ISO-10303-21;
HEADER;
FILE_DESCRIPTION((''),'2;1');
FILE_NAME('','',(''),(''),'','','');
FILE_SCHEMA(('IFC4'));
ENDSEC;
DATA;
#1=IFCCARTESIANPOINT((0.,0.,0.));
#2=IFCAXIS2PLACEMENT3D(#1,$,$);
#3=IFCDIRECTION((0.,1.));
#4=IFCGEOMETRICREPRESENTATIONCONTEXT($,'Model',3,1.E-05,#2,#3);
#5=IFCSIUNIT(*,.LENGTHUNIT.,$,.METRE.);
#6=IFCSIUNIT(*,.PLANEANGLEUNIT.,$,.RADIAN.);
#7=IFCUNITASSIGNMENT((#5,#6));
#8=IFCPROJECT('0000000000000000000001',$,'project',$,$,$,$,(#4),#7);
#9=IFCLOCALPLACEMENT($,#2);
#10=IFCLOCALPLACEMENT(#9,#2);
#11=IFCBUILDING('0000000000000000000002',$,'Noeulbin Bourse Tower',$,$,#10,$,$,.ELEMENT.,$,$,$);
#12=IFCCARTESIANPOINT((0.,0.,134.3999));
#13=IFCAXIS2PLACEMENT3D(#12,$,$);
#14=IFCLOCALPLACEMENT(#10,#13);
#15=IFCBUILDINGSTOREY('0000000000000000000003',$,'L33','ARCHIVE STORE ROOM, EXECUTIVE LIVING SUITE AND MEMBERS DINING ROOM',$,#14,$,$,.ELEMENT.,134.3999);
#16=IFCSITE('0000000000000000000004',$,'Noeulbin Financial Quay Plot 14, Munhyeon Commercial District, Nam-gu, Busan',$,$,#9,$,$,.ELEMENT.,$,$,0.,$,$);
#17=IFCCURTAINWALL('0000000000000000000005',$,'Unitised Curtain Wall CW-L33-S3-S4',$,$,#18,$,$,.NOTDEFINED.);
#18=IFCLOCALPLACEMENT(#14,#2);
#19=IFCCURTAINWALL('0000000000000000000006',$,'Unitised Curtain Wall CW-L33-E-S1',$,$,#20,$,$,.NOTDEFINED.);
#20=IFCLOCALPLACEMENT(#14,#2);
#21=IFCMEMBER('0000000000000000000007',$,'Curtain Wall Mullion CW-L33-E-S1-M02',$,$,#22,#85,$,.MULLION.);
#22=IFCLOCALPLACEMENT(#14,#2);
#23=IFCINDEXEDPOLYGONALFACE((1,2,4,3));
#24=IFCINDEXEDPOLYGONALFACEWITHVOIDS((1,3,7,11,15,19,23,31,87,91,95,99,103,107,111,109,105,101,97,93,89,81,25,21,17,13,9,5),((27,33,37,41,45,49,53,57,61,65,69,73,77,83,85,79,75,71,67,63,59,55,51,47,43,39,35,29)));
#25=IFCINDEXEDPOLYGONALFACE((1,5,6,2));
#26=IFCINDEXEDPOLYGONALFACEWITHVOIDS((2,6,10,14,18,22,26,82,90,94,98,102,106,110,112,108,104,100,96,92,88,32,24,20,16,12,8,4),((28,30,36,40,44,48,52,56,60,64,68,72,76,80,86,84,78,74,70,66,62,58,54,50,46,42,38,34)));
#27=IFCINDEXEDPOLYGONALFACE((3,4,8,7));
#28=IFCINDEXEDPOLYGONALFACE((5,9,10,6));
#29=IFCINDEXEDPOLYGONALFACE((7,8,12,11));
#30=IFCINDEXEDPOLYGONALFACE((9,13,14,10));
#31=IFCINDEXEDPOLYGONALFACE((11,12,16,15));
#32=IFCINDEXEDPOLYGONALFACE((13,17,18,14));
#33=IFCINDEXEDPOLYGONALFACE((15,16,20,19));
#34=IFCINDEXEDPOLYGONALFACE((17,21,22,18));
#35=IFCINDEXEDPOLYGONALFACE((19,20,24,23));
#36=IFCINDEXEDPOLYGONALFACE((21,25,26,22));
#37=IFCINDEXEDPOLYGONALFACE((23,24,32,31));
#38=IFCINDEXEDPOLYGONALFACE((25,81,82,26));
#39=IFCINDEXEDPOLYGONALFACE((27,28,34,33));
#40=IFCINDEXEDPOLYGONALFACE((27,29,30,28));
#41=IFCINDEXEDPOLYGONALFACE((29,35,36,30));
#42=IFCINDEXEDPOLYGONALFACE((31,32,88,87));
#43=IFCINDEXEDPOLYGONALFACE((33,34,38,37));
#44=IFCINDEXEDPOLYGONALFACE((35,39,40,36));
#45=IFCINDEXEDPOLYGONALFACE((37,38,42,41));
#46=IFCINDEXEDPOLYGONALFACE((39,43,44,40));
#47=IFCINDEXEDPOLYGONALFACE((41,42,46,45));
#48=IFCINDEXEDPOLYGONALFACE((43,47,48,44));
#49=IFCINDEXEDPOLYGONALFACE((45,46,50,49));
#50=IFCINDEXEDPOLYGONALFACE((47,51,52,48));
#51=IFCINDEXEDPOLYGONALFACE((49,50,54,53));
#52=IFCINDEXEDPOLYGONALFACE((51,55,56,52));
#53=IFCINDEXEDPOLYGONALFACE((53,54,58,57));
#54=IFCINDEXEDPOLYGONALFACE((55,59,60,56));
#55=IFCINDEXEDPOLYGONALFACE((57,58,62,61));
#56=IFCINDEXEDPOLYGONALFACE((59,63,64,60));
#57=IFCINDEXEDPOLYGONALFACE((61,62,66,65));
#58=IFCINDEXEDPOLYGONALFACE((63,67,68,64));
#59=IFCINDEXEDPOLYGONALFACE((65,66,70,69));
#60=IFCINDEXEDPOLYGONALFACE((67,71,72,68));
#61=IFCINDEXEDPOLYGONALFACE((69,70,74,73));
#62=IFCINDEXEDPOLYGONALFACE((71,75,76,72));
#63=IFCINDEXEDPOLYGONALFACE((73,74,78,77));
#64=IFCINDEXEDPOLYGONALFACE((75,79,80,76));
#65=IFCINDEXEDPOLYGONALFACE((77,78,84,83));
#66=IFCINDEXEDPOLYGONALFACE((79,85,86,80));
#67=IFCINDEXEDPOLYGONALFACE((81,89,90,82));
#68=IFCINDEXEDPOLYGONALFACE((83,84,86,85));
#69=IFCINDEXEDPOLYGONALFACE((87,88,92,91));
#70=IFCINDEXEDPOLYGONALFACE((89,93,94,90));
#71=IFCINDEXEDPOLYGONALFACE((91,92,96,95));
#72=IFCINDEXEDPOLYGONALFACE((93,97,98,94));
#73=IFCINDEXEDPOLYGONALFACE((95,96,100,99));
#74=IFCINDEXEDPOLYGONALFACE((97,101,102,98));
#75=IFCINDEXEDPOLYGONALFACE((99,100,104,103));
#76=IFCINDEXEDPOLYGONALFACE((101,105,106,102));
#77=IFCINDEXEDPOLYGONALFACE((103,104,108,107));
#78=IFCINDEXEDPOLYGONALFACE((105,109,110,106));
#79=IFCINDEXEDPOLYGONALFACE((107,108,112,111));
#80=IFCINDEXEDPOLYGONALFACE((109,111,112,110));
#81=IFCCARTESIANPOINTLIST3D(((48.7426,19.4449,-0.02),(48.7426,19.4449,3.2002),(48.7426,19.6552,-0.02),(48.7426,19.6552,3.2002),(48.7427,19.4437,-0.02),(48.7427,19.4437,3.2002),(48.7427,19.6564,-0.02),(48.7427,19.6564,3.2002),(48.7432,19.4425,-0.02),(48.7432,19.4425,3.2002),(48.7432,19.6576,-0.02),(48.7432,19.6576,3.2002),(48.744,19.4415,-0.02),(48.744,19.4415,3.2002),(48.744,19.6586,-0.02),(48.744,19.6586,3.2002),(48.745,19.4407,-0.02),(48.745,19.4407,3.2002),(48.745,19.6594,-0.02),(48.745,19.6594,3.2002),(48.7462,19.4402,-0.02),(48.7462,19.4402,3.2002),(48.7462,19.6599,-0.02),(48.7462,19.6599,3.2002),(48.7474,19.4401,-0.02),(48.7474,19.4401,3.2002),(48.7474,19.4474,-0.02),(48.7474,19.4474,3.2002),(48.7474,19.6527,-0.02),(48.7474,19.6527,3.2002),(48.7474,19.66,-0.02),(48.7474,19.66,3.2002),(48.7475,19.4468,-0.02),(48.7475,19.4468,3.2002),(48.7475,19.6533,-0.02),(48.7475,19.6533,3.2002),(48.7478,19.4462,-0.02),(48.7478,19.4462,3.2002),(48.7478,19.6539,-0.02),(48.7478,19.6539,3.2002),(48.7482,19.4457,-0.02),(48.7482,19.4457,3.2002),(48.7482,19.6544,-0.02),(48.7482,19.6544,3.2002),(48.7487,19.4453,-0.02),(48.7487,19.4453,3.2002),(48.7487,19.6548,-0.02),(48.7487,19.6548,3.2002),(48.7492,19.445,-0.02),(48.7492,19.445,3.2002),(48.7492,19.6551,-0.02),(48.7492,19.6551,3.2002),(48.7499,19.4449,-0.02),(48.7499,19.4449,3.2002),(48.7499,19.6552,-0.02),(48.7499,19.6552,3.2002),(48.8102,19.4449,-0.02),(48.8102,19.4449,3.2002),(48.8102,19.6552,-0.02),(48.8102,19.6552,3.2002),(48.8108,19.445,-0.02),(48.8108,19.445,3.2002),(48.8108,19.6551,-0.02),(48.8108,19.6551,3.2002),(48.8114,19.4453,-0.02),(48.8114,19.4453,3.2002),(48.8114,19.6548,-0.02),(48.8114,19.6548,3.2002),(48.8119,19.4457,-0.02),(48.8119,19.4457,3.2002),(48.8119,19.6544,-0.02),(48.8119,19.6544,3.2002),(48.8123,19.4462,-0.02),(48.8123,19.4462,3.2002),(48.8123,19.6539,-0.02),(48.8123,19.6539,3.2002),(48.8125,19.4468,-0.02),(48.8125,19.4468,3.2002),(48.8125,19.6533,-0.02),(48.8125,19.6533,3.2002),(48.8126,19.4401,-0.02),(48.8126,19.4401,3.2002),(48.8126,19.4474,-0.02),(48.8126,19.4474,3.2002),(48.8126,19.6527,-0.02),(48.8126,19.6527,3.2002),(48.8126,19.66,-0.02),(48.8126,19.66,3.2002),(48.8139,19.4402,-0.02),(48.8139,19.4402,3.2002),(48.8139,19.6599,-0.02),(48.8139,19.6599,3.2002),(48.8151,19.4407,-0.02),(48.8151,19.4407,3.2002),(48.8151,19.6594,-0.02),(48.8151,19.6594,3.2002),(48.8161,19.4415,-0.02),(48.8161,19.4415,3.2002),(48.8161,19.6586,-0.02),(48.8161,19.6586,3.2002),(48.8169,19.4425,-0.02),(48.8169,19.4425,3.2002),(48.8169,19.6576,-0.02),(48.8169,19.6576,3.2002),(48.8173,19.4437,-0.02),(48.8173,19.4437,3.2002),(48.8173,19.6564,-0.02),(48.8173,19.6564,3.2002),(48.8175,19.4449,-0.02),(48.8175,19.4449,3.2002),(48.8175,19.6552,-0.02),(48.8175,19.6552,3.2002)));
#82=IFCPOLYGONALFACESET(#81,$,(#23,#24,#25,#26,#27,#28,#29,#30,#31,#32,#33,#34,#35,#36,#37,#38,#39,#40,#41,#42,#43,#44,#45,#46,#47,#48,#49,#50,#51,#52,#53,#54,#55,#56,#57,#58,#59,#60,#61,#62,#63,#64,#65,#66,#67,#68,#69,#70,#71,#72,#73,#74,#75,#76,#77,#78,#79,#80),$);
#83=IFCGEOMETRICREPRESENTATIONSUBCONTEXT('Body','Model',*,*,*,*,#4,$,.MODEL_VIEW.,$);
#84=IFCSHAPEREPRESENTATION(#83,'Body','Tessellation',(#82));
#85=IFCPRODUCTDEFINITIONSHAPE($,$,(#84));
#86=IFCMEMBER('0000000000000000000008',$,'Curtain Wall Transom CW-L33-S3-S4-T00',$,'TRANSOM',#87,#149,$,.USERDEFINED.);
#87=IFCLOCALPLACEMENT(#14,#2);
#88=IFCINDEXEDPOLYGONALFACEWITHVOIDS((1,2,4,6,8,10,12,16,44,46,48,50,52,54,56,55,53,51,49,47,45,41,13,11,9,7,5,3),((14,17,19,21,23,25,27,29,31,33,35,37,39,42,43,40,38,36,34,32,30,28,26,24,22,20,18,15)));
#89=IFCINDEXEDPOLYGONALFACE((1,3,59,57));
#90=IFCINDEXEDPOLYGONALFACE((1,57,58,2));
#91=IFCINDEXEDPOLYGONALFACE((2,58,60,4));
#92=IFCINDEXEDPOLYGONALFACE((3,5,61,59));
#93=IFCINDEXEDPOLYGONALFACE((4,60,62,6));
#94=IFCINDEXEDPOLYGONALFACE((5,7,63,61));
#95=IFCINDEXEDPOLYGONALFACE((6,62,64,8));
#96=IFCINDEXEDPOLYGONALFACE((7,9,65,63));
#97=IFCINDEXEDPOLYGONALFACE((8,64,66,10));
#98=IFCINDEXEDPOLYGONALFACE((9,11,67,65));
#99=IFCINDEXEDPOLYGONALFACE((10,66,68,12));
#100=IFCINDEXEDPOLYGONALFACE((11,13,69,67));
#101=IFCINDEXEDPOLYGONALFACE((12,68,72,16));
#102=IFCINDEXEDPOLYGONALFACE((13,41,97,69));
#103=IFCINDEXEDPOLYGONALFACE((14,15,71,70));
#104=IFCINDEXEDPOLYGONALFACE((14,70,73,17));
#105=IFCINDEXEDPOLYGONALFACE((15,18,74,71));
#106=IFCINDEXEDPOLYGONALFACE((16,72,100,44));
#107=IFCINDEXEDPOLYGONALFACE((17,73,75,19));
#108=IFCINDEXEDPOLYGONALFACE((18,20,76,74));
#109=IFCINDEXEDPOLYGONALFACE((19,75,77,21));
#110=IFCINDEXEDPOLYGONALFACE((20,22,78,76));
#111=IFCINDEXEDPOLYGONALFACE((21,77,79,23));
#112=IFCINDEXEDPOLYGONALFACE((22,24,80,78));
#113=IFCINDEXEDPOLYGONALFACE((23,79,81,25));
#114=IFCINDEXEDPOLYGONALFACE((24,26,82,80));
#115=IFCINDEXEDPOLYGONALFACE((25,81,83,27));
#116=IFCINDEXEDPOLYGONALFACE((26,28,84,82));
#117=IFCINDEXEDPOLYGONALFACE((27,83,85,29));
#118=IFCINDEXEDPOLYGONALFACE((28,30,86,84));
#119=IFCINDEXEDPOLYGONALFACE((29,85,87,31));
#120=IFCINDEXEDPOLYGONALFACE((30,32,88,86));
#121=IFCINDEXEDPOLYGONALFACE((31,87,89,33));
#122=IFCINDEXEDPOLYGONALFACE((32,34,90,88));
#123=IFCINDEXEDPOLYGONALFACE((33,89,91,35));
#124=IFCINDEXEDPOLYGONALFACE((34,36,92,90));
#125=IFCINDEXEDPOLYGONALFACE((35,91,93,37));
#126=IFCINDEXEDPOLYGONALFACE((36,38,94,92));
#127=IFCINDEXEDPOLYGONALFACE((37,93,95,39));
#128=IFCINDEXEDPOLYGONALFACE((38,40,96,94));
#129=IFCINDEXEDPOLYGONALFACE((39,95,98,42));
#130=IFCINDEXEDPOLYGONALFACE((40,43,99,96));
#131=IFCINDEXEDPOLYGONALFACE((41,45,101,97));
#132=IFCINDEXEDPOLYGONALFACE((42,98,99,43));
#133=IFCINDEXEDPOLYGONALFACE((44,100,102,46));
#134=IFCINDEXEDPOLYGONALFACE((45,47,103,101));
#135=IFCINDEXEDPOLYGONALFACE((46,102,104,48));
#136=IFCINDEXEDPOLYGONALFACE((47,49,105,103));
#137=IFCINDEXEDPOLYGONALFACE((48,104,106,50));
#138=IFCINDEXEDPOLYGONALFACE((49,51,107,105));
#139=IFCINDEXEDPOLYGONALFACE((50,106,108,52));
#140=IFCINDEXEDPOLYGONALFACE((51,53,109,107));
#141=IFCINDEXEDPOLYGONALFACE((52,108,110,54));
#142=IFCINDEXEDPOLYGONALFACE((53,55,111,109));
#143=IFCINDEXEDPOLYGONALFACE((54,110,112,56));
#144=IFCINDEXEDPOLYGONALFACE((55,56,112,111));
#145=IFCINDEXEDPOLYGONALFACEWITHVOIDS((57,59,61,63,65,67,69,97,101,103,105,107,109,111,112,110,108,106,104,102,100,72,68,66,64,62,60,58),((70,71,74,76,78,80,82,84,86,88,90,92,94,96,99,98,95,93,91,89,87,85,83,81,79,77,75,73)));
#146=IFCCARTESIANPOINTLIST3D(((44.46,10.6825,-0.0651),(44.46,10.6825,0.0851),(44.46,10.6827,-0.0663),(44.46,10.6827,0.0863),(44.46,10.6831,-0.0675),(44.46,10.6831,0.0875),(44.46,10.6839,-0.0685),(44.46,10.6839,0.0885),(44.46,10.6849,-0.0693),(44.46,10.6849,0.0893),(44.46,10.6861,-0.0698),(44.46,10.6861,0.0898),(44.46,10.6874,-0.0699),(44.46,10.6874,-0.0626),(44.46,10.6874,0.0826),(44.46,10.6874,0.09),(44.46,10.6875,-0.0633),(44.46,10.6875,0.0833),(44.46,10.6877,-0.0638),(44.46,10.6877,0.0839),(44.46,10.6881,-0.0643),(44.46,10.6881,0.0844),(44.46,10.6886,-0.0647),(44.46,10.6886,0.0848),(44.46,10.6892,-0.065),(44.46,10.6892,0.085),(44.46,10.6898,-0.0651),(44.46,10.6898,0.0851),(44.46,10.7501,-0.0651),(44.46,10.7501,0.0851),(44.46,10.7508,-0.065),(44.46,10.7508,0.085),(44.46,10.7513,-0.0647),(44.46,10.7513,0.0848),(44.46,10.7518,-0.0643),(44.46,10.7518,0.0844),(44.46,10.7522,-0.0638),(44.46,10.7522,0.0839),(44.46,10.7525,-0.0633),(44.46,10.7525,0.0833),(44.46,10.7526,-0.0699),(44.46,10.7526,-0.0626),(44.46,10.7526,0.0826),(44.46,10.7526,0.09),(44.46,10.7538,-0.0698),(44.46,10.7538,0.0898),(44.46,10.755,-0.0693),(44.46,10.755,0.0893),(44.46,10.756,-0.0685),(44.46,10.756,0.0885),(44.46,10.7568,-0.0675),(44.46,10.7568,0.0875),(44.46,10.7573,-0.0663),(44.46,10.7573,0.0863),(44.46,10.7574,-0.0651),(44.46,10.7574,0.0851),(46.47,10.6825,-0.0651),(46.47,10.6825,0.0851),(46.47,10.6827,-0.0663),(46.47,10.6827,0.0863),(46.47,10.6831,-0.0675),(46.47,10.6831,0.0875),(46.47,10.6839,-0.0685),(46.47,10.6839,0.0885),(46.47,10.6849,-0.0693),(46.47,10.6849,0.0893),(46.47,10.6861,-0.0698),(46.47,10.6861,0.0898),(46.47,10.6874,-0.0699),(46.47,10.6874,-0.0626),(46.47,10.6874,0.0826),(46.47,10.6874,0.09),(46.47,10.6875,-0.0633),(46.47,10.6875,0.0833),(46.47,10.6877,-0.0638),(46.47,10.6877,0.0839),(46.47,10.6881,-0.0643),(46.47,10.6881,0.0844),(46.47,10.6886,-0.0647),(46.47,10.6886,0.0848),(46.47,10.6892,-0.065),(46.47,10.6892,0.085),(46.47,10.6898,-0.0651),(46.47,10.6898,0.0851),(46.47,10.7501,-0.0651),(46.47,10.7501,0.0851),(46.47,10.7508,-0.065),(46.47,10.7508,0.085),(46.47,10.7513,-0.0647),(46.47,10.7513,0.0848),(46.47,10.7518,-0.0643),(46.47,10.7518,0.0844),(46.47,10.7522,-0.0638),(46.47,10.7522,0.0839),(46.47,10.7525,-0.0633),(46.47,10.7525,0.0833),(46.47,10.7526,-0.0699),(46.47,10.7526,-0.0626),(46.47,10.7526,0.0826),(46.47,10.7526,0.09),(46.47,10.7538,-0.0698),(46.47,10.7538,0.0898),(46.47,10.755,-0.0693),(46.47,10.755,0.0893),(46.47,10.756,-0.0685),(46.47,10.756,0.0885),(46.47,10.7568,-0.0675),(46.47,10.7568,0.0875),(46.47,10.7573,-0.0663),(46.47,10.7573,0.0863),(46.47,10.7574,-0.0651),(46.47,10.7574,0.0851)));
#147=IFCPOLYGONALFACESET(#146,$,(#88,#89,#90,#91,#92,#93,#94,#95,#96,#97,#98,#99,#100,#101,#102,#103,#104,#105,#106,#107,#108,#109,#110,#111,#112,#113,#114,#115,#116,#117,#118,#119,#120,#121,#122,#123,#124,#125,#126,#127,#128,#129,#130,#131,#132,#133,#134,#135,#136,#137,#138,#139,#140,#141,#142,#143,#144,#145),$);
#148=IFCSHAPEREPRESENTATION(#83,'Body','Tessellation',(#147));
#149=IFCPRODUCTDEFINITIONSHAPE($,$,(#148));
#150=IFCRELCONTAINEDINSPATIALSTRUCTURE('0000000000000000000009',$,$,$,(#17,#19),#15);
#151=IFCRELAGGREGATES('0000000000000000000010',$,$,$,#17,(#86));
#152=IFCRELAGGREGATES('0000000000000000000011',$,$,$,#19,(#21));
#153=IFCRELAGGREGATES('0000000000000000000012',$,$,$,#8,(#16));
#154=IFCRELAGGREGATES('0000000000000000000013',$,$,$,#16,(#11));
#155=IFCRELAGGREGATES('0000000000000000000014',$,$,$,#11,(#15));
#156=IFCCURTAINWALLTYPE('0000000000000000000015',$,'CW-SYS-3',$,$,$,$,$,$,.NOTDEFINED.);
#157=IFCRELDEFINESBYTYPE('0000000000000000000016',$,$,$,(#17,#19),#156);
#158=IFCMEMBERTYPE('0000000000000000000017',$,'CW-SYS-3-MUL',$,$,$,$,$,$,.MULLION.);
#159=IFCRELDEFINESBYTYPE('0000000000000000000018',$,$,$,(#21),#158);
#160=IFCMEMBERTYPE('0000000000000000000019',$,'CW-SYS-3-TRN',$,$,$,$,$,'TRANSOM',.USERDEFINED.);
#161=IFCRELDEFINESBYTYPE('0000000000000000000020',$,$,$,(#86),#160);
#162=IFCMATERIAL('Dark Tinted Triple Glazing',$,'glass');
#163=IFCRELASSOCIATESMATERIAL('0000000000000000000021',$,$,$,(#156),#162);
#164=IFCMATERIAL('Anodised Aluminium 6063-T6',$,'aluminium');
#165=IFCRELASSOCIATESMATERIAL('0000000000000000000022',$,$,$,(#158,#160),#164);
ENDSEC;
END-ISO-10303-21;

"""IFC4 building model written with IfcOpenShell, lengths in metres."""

from ifc_helpers import new_model, si_unit, direction, frame, origin, origin_2d, place, context, subcontext, project, spatial, hollow_rectangle, extrude, material, material_profile, profile_set, type_object, element, aggregate, save


model = new_model("IFC4")

# Units and contexts
model_context = context("Model", 3, precision=1e-05, world=origin(), true_north=direction((0.0, 1.0)))
body_context = subcontext(model_context, "Body", "Model", "MODEL_VIEW")
ifc_project = project(units=[si_unit("LENGTHUNIT", "METRE"), si_unit("PLANEANGLEUNIT", "RADIAN")], contexts=[model_context])

# Site, building, storey
site_placement = place(None, origin())
site = spatial("IfcSite", under=ifc_project, at=site_placement, Name="Noeulbin Financial Quay Plot 14, Munhyeon Commercial District, Nam-gu, Busan", CompositionType="ELEMENT", RefElevation=0.0)
building_placement = place(site_placement, origin())
building = spatial("IfcBuilding", under=site, at=building_placement, Name="Noeulbin Bourse Tower", CompositionType="ELEMENT")
storey_placement = place(building_placement, frame((0.0, 0.0, 134.3999)))
storey = spatial("IfcBuildingStorey", under=building, at=storey_placement, Name="L33", Description="ARCHIVE STORE ROOM, EXECUTIVE LIVING SUITE AND MEMBERS DINING ROOM", CompositionType="ELEMENT", Elevation=134.3999)

# Curtain walls, member
ifc_material_1 = material(Name="Dark Tinted Triple Glazing", Category="glass")
curtain_wall_type = type_object("IfcCurtainWallType", Name="CW-SYS-3", PredefinedType="NOTDEFINED", material=ifc_material_1)
curtain_wall_1_placement = place(storey_placement, origin())
curtain_wall_1 = element("IfcCurtainWall", 1, at=curtain_wall_1_placement, inside=storey, type_object=curtain_wall_type, Name="Unitised Curtain Wall CW-L33-S3-S4", PredefinedType="NOTDEFINED")
ifc_material_2 = material(Name="Anodised Aluminium 6063-T6", Category="aluminium")
ifc_material_profile_1 = material_profile(ifc_material_2, hollow_rectangle(XDim=0.075, YDim=0.22, WallThickness=0.0049, InnerFilletRadius=0.0024, OuterFilletRadius=0.0049, at=origin_2d()), Name="ALU-MULL-75x220x5", Category="LoadBearing")
ifc_profile_set_1 = profile_set([ifc_material_profile_1], Name="Anodised Aluminium 6063-T6")
member_type_1 = type_object("IfcMemberType", Name="CW-SYS-3-MUL", PredefinedType="MULLION", material=ifc_profile_set_1)
curtain_wall_2_placement = place(storey_placement, origin())
curtain_wall_2 = element("IfcCurtainWall", 2, at=curtain_wall_2_placement, inside=storey, type_object=curtain_wall_type, Name="Unitised Curtain Wall CW-L33-E-S1", PredefinedType="NOTDEFINED")
member_1_placement = place(storey_placement, frame((48.78, 19.55, -0.02), z_axis=(0.0, 0.0, 1.0), x_axis=(1.0, 0.0, 0.0)))
member_1 = element("IfcMember", 3, at=member_1_placement, type_object=member_type_1, Name="Curtain Wall Mullion CW-L33-E-S1-M02", PredefinedType="MULLION", context=body_context, shape_type="SweptSolid", body=[
    extrude(hollow_rectangle(XDim=0.075, YDim=0.22, WallThickness=0.0049, InnerFilletRadius=0.0024, OuterFilletRadius=0.0049, at=origin_2d()), origin(), (0.0, 0.0, 1.0), 3.2202),
])

# Member
ifc_material_profile_2 = material_profile(ifc_material_2, hollow_rectangle(XDim=0.075, YDim=0.1599, WallThickness=0.0049, InnerFilletRadius=0.0024, OuterFilletRadius=0.0049, at=origin_2d()), Name="ALU-TRAN-75x160x5", Category="LoadBearing")
ifc_profile_set_2 = profile_set([ifc_material_profile_2], Name="Anodised Aluminium 6063-T6")
member_type_2 = type_object("IfcMemberType", Name="CW-SYS-3-TRN", ElementType="TRANSOM", PredefinedType="USERDEFINED", material=ifc_profile_set_2)
member_2_placement = place(storey_placement, frame((44.46, 10.72, 0.01), z_axis=(1.0, 0.0, 0.0), x_axis=(0.0, 1.0, 0.0)))
member_2 = element("IfcMember", 4, at=member_2_placement, type_object=member_type_2, Name="Curtain Wall Transom CW-L33-S3-S4-T00", ObjectType="TRANSOM", PredefinedType="USERDEFINED", context=body_context, shape_type="SweptSolid", body=[
    extrude(hollow_rectangle(XDim=0.075, YDim=0.1599, WallThickness=0.0049, InnerFilletRadius=0.0024, OuterFilletRadius=0.0049, at=origin_2d()), origin(), (0.0, 0.0, 1.0), 2.01),
])

aggregate(curtain_wall_1, [member_2])
aggregate(curtain_wall_2, [member_1])

save(model, "model.ifc")
